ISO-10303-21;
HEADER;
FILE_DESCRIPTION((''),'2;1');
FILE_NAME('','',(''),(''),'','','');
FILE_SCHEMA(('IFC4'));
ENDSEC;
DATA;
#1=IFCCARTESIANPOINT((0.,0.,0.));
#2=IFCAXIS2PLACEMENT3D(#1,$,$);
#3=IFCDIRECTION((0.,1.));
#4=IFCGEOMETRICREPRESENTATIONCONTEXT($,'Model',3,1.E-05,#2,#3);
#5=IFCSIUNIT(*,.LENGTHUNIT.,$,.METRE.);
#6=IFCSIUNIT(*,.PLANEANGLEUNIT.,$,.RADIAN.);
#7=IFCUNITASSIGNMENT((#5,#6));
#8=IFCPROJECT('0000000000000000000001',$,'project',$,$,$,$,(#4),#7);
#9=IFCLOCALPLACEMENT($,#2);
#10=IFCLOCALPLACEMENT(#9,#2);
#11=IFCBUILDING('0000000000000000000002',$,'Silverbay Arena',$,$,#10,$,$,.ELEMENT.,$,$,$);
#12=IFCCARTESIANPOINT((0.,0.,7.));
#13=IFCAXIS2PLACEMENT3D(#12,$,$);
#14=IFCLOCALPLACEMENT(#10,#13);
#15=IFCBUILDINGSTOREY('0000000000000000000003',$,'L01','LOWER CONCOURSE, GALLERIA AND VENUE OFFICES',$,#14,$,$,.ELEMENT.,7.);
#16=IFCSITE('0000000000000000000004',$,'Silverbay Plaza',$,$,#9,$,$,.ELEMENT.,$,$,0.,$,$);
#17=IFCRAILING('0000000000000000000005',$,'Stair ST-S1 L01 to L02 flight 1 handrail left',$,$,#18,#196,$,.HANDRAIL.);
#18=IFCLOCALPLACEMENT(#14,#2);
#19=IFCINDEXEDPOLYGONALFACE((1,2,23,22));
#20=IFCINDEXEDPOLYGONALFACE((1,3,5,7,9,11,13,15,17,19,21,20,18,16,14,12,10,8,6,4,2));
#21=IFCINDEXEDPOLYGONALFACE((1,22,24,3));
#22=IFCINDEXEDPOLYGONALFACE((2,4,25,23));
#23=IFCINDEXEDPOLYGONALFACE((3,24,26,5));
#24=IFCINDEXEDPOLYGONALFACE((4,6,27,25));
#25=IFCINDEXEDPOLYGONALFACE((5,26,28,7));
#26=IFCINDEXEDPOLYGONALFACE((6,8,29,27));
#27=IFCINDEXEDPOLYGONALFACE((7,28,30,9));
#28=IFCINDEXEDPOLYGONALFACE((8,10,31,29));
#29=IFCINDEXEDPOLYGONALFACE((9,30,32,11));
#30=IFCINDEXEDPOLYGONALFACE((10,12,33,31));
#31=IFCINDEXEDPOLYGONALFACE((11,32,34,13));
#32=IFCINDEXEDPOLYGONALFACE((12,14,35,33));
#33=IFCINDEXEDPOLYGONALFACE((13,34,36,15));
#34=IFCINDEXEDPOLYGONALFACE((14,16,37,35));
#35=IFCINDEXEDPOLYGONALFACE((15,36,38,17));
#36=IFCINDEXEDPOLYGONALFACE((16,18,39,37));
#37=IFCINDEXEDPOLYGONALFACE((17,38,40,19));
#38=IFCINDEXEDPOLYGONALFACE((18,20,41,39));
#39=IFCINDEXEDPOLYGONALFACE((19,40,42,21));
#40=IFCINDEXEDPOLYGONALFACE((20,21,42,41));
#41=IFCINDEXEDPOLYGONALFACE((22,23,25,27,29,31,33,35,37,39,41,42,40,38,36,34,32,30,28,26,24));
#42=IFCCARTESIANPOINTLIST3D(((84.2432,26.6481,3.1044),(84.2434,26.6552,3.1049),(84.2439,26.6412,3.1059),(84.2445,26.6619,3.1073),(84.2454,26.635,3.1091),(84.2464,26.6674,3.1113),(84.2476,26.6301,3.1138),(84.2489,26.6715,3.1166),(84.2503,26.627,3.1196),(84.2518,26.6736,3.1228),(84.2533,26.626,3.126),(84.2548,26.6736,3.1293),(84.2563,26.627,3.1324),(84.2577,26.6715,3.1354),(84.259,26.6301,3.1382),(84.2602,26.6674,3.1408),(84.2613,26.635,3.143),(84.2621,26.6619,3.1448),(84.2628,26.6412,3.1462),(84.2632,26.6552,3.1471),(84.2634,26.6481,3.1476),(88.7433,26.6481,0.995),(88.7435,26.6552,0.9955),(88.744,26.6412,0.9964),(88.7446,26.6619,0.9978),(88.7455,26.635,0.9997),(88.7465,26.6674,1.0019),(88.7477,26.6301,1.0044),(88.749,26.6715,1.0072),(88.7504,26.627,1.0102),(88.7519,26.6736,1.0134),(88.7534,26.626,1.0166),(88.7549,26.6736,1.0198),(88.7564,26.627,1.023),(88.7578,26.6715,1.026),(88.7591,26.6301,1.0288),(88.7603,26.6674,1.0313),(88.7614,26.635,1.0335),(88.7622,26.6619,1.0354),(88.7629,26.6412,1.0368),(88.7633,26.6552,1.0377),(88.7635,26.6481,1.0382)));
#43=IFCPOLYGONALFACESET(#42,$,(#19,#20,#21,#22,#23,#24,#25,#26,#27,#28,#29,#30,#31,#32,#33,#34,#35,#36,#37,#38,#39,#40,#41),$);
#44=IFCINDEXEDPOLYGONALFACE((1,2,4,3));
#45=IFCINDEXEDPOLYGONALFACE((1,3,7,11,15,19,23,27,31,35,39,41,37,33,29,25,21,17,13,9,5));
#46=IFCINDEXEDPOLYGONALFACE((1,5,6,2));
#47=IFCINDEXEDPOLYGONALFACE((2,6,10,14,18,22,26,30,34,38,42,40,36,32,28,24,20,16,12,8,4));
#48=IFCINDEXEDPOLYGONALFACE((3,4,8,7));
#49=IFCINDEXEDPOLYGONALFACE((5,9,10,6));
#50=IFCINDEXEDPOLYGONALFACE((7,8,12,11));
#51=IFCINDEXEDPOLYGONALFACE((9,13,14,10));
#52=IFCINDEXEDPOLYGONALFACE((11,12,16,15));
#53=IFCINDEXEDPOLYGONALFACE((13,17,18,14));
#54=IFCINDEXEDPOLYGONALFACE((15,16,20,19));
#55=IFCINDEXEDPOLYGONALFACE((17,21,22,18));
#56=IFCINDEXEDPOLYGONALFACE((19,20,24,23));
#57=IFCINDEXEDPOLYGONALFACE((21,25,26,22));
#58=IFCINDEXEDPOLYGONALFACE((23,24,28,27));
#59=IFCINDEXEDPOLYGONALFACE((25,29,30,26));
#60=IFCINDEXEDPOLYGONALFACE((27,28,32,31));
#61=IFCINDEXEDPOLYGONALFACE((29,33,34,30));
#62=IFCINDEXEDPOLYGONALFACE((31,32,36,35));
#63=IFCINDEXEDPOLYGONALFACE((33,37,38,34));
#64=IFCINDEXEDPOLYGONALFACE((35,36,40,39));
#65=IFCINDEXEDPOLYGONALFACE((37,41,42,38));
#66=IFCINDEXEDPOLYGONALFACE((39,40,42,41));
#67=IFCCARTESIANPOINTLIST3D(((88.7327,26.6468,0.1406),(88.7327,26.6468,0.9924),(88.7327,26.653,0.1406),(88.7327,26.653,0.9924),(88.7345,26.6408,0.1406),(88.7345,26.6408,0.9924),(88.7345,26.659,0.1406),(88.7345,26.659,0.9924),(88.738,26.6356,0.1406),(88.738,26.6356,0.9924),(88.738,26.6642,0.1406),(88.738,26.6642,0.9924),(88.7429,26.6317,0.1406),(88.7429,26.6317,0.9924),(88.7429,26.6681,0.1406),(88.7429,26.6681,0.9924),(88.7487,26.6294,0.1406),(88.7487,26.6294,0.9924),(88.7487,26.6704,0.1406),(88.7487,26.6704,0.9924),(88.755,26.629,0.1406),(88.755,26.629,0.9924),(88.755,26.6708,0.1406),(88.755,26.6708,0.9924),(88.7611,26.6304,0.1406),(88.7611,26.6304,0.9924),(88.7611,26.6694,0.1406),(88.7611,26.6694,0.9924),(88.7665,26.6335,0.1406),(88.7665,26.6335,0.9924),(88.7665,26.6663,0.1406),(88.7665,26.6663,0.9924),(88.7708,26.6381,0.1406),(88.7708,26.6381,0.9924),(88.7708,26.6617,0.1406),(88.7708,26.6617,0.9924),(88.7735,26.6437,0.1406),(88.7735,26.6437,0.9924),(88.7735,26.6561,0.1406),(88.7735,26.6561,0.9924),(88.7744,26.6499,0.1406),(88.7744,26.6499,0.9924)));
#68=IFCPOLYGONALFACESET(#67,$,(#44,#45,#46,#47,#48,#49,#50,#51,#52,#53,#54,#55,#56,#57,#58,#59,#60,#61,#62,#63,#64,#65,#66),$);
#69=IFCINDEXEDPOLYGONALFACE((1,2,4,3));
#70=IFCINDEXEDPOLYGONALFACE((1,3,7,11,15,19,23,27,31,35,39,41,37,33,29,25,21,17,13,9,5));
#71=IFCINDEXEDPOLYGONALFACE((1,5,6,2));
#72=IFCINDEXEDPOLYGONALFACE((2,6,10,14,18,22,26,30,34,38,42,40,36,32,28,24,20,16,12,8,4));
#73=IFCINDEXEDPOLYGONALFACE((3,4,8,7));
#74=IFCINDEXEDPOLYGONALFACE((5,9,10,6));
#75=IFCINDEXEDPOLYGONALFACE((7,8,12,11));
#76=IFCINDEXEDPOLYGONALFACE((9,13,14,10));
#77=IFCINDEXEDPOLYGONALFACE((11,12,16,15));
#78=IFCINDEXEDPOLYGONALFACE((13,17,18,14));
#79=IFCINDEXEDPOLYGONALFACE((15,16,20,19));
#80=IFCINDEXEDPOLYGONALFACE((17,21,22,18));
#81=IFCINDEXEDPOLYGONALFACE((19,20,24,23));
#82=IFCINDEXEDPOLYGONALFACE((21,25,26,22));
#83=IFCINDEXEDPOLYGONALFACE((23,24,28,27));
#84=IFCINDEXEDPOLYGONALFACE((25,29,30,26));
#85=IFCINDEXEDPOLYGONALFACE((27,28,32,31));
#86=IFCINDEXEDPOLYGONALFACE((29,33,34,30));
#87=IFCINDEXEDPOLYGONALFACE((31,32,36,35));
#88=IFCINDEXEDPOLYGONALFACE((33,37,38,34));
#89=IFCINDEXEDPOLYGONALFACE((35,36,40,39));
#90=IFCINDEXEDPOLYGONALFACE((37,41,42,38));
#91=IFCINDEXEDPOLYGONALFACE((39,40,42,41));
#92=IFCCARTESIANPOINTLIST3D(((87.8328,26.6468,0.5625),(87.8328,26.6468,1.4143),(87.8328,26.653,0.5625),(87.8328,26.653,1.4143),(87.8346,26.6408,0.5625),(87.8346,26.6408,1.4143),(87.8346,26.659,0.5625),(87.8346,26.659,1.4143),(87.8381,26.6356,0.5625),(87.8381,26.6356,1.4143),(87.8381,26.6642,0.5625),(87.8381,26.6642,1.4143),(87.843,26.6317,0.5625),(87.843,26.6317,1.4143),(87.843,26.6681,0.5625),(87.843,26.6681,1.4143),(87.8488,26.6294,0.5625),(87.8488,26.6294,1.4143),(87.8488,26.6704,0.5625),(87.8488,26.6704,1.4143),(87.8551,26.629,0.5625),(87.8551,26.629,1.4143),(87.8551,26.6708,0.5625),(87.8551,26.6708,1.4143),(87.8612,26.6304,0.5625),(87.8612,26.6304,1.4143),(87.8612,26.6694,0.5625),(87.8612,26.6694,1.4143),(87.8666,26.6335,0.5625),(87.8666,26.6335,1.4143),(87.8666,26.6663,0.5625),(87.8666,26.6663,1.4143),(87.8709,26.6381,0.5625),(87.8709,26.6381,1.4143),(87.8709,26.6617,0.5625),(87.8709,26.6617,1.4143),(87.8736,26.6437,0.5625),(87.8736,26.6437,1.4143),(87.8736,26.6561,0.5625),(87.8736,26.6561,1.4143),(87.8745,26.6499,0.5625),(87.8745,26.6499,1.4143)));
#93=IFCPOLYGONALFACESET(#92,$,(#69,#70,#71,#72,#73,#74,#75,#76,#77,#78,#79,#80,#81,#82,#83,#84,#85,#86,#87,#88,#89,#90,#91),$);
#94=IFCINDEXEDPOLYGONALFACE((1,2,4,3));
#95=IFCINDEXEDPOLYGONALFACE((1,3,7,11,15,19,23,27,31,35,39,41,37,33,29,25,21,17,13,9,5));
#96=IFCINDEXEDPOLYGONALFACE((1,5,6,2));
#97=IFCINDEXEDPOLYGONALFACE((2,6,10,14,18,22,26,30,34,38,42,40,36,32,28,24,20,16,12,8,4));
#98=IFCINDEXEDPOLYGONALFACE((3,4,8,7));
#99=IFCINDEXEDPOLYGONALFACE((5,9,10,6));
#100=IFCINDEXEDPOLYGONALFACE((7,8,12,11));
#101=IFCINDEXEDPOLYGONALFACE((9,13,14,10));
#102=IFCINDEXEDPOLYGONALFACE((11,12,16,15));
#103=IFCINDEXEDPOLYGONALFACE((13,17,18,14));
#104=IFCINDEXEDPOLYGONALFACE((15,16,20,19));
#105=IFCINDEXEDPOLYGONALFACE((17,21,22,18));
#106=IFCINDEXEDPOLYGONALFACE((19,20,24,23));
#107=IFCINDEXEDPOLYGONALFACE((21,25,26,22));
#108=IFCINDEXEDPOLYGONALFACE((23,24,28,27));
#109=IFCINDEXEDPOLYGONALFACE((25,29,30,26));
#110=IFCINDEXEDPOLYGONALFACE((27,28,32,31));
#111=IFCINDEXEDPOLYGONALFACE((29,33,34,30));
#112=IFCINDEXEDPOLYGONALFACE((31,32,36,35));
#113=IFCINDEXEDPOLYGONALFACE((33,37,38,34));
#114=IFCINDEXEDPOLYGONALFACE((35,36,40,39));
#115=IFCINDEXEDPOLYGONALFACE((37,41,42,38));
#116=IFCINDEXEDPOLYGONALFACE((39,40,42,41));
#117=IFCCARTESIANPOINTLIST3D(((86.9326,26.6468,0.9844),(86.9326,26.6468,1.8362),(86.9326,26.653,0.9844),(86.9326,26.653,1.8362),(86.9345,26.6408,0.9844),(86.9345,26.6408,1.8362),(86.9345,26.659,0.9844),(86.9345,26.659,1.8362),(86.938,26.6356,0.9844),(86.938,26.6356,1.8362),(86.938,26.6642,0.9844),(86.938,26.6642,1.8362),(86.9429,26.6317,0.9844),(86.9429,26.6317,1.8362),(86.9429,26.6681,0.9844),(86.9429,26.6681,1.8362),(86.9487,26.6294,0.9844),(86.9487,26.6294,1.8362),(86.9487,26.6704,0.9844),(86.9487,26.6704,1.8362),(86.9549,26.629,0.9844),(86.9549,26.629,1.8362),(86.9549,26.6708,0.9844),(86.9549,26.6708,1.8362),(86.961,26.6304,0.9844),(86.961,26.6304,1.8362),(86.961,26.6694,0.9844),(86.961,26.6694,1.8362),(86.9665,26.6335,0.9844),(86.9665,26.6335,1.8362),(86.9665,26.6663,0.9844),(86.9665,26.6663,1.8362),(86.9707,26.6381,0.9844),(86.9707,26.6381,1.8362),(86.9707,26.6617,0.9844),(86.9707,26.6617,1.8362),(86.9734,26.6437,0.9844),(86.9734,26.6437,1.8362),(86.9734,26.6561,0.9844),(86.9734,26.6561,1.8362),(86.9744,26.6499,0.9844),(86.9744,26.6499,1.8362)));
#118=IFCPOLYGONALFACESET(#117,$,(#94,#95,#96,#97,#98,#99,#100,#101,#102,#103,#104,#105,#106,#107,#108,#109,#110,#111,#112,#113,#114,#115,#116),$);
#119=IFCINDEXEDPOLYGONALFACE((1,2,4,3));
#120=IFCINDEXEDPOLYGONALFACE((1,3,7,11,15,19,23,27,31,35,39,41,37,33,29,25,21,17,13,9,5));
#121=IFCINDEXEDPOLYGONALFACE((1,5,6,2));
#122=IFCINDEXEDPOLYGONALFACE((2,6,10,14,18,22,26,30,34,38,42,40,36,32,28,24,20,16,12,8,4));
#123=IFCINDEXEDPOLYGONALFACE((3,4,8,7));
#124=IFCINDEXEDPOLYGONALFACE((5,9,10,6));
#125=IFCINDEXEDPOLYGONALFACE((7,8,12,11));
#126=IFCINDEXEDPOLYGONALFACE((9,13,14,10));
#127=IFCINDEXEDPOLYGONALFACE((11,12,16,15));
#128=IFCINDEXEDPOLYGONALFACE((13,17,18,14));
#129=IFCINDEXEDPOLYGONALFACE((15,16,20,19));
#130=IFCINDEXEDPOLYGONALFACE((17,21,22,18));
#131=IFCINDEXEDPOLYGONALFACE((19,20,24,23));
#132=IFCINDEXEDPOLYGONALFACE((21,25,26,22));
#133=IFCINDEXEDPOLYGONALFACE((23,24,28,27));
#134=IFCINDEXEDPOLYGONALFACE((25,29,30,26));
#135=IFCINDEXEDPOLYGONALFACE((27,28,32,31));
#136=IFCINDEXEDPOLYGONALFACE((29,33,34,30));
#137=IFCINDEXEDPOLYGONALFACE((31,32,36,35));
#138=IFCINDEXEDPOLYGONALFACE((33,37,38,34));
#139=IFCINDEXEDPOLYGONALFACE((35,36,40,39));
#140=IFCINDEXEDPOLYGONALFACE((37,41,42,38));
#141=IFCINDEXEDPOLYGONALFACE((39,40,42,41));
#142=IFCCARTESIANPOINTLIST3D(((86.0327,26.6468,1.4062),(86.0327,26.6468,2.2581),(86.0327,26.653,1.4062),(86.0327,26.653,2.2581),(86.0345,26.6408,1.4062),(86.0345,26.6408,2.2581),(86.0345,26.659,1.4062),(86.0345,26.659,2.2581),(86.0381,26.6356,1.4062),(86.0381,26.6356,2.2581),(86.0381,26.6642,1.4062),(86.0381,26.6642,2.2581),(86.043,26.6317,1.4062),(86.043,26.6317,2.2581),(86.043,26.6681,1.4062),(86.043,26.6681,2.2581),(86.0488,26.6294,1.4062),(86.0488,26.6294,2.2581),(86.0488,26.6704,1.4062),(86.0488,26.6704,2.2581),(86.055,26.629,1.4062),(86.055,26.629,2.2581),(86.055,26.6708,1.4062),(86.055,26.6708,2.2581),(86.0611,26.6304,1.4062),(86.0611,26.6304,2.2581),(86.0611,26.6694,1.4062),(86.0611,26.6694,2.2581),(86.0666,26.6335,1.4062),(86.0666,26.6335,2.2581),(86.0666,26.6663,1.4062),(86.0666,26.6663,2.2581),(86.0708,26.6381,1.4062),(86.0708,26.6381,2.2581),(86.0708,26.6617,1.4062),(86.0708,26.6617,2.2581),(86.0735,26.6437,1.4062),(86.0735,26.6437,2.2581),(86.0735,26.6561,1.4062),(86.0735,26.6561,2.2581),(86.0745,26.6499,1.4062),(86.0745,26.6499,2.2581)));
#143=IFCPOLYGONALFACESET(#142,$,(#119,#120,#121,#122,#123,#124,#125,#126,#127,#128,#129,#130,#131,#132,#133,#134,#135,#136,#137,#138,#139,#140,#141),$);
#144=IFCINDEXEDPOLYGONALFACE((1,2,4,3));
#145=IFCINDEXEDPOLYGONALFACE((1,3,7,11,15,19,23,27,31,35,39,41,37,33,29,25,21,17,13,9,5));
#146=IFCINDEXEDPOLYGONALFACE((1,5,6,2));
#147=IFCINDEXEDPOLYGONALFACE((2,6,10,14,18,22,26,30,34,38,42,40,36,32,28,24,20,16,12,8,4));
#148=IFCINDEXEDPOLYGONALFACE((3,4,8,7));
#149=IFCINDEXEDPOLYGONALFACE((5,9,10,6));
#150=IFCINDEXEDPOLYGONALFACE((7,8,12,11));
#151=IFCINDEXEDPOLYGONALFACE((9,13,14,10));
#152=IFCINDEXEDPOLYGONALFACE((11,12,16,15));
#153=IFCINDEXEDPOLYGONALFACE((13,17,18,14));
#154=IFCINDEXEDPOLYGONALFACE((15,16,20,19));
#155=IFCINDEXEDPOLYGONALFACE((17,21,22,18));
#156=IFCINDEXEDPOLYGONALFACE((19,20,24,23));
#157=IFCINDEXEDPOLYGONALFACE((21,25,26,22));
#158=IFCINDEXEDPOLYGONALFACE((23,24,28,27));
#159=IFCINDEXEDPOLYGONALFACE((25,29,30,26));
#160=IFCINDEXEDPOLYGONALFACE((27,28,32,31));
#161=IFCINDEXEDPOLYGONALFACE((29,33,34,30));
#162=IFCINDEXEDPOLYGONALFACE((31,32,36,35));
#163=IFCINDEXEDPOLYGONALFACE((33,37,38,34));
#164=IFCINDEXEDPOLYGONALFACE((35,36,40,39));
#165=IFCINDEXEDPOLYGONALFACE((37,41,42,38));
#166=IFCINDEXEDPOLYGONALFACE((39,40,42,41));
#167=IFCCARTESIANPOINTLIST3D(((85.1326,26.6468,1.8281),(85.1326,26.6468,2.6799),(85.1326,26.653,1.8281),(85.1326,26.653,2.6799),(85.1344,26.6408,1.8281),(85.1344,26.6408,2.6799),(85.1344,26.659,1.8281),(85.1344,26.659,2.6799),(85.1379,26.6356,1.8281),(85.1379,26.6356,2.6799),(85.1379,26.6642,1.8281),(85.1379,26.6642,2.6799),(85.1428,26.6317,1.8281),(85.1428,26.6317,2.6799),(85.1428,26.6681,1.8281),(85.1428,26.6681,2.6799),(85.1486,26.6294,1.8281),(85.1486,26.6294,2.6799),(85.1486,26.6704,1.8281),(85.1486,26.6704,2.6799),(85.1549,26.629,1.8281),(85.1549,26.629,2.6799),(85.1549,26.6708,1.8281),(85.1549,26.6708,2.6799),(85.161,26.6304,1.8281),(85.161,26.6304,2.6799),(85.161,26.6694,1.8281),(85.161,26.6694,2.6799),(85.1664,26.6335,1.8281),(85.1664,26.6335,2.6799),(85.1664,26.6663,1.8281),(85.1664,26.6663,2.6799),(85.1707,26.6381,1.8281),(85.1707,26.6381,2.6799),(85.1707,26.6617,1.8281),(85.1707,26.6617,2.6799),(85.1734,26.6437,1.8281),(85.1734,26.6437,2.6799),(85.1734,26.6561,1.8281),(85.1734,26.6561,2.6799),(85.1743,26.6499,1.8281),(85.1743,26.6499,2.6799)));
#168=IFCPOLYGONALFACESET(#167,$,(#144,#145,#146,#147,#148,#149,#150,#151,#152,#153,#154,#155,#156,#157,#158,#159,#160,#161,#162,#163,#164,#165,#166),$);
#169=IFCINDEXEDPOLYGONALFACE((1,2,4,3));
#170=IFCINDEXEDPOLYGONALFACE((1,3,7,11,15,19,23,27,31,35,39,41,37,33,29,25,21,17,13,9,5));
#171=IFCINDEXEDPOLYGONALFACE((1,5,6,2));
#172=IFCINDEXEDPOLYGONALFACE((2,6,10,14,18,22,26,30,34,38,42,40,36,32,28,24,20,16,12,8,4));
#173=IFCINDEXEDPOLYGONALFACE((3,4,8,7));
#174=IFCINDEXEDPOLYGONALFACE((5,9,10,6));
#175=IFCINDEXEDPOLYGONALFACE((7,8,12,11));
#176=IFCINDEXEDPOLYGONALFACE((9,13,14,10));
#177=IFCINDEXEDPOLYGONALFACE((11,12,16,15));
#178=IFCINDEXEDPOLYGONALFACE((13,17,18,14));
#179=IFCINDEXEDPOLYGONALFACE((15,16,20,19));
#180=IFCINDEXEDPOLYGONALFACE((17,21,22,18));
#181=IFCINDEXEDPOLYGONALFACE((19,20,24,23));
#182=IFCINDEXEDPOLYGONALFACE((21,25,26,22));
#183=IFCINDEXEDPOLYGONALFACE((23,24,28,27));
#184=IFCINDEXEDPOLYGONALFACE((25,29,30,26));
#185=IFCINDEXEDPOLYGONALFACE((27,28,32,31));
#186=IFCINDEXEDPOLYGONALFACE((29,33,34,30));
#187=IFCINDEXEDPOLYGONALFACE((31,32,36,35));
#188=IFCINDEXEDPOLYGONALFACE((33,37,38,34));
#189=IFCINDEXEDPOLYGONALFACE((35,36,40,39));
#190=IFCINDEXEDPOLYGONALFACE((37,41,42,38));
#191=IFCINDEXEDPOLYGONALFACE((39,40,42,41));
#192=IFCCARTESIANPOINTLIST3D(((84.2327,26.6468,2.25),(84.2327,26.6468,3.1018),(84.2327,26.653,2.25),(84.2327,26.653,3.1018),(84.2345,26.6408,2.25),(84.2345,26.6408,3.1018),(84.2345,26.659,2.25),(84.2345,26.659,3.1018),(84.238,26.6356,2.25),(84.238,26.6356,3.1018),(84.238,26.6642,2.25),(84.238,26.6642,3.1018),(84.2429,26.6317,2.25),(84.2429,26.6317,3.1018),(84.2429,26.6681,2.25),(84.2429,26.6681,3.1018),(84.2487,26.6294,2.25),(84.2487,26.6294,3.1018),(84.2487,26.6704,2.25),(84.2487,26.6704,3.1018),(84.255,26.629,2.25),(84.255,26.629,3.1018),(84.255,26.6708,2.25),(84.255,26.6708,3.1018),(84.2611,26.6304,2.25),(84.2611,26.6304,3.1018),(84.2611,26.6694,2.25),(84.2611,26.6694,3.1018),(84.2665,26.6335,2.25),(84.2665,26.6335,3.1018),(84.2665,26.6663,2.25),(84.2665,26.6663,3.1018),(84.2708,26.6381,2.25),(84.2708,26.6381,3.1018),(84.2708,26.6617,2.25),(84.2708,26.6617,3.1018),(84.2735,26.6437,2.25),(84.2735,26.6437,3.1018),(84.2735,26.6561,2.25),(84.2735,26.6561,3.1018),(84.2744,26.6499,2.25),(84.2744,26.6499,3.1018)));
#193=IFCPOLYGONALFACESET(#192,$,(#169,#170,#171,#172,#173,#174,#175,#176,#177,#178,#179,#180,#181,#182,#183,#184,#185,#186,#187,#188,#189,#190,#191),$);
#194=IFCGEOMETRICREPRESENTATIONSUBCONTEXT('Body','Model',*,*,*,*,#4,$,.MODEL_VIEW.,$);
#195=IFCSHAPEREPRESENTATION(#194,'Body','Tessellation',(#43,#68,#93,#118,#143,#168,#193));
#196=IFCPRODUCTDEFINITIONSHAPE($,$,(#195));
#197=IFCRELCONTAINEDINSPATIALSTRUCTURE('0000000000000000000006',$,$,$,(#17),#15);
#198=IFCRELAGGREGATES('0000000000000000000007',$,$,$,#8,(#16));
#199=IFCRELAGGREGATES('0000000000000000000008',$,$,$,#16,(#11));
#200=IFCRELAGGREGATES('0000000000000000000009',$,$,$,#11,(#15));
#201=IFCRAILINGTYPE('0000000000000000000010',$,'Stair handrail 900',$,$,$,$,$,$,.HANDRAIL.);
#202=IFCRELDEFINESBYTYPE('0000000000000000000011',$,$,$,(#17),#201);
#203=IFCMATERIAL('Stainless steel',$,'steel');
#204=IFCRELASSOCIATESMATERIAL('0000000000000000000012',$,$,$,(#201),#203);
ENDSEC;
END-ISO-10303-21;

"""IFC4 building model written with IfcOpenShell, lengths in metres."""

from ifc_helpers import new_model, si_unit, direction, frame, origin, origin_2d, place, context, subcontext, project, spatial, circle, extrude, material, type_object, element, save


model = new_model("IFC4")

# Units and contexts
model_context = context("Model", 3, precision=1e-05, world=origin(), true_north=direction((0.0, 1.0)))
body_context = subcontext(model_context, "Body", "Model", "MODEL_VIEW")
ifc_project = project(units=[si_unit("LENGTHUNIT", "METRE"), si_unit("PLANEANGLEUNIT", "RADIAN")], contexts=[model_context])

# Site, building, storey
site_placement = place(None, origin())
site = spatial("IfcSite", under=ifc_project, at=site_placement, Name="Silverbay Plaza", CompositionType="ELEMENT", RefElevation=0.0)
building_placement = place(site_placement, origin())
building = spatial("IfcBuilding", under=site, at=building_placement, Name="Silverbay Arena", CompositionType="ELEMENT")
storey_placement = place(building_placement, frame((0.0, 0.0, 7.0)))
storey = spatial("IfcBuildingStorey", under=building, at=storey_placement, Name="L01", Description="LOWER CONCOURSE, GALLERIA AND VENUE OFFICES", CompositionType="ELEMENT", Elevation=7.0)

# Railing
ifc_material_1 = material(Name="Stainless steel", Category="steel")
railing_type_1 = type_object("IfcRailingType", Name="Stair handrail 900", PredefinedType="HANDRAIL", material=ifc_material_1)
for number, where, name in (
    (1, (88.7534, 26.6499, 0.1406), "Stair ST-S1 L01 to L02 flight 1 handrail left"),
):
    element("IfcRailing", number, at=place(storey_placement, frame(where)), inside=storey, type_object=railing_type_1, Name=name, PredefinedType="HANDRAIL", context=body_context, shape_type="SweptSolid", body=[
        extrude(circle(Radius=0.0239, at=origin_2d()), frame((0.0, 0.0, 0.876), z_axis=(-0.905459, 0.0, 0.424434), x_axis=(0.0, -1.0, 0.0)), (0.0, 0.0, 1.0), 4.97),
        extrude(circle(Radius=0.021, at=origin_2d()), origin(), (0.0, 0.0, 1.0), 0.8518),
        extrude(circle(Radius=0.021, at=origin_2d()), frame((-0.8999, 0.0, 0.4219)), (0.0, 0.0, 1.0), 0.8518),
        extrude(circle(Radius=0.021, at=origin_2d()), frame((-1.8, 0.0, 0.8438)), (0.0, 0.0, 1.0), 0.8518),
        extrude(circle(Radius=0.021, at=origin_2d()), frame((-2.7, 0.0, 1.2656)), (0.0, 0.0, 1.0), 0.8518),
        extrude(circle(Radius=0.021, at=origin_2d()), frame((-3.6001, 0.0, 1.6875)), (0.0, 0.0, 1.0), 0.8518),
        extrude(circle(Radius=0.021, at=origin_2d()), frame((-4.5, 0.0, 2.1094)), (0.0, 0.0, 1.0), 0.8518),
    ])

save(model, "model.ifc")
